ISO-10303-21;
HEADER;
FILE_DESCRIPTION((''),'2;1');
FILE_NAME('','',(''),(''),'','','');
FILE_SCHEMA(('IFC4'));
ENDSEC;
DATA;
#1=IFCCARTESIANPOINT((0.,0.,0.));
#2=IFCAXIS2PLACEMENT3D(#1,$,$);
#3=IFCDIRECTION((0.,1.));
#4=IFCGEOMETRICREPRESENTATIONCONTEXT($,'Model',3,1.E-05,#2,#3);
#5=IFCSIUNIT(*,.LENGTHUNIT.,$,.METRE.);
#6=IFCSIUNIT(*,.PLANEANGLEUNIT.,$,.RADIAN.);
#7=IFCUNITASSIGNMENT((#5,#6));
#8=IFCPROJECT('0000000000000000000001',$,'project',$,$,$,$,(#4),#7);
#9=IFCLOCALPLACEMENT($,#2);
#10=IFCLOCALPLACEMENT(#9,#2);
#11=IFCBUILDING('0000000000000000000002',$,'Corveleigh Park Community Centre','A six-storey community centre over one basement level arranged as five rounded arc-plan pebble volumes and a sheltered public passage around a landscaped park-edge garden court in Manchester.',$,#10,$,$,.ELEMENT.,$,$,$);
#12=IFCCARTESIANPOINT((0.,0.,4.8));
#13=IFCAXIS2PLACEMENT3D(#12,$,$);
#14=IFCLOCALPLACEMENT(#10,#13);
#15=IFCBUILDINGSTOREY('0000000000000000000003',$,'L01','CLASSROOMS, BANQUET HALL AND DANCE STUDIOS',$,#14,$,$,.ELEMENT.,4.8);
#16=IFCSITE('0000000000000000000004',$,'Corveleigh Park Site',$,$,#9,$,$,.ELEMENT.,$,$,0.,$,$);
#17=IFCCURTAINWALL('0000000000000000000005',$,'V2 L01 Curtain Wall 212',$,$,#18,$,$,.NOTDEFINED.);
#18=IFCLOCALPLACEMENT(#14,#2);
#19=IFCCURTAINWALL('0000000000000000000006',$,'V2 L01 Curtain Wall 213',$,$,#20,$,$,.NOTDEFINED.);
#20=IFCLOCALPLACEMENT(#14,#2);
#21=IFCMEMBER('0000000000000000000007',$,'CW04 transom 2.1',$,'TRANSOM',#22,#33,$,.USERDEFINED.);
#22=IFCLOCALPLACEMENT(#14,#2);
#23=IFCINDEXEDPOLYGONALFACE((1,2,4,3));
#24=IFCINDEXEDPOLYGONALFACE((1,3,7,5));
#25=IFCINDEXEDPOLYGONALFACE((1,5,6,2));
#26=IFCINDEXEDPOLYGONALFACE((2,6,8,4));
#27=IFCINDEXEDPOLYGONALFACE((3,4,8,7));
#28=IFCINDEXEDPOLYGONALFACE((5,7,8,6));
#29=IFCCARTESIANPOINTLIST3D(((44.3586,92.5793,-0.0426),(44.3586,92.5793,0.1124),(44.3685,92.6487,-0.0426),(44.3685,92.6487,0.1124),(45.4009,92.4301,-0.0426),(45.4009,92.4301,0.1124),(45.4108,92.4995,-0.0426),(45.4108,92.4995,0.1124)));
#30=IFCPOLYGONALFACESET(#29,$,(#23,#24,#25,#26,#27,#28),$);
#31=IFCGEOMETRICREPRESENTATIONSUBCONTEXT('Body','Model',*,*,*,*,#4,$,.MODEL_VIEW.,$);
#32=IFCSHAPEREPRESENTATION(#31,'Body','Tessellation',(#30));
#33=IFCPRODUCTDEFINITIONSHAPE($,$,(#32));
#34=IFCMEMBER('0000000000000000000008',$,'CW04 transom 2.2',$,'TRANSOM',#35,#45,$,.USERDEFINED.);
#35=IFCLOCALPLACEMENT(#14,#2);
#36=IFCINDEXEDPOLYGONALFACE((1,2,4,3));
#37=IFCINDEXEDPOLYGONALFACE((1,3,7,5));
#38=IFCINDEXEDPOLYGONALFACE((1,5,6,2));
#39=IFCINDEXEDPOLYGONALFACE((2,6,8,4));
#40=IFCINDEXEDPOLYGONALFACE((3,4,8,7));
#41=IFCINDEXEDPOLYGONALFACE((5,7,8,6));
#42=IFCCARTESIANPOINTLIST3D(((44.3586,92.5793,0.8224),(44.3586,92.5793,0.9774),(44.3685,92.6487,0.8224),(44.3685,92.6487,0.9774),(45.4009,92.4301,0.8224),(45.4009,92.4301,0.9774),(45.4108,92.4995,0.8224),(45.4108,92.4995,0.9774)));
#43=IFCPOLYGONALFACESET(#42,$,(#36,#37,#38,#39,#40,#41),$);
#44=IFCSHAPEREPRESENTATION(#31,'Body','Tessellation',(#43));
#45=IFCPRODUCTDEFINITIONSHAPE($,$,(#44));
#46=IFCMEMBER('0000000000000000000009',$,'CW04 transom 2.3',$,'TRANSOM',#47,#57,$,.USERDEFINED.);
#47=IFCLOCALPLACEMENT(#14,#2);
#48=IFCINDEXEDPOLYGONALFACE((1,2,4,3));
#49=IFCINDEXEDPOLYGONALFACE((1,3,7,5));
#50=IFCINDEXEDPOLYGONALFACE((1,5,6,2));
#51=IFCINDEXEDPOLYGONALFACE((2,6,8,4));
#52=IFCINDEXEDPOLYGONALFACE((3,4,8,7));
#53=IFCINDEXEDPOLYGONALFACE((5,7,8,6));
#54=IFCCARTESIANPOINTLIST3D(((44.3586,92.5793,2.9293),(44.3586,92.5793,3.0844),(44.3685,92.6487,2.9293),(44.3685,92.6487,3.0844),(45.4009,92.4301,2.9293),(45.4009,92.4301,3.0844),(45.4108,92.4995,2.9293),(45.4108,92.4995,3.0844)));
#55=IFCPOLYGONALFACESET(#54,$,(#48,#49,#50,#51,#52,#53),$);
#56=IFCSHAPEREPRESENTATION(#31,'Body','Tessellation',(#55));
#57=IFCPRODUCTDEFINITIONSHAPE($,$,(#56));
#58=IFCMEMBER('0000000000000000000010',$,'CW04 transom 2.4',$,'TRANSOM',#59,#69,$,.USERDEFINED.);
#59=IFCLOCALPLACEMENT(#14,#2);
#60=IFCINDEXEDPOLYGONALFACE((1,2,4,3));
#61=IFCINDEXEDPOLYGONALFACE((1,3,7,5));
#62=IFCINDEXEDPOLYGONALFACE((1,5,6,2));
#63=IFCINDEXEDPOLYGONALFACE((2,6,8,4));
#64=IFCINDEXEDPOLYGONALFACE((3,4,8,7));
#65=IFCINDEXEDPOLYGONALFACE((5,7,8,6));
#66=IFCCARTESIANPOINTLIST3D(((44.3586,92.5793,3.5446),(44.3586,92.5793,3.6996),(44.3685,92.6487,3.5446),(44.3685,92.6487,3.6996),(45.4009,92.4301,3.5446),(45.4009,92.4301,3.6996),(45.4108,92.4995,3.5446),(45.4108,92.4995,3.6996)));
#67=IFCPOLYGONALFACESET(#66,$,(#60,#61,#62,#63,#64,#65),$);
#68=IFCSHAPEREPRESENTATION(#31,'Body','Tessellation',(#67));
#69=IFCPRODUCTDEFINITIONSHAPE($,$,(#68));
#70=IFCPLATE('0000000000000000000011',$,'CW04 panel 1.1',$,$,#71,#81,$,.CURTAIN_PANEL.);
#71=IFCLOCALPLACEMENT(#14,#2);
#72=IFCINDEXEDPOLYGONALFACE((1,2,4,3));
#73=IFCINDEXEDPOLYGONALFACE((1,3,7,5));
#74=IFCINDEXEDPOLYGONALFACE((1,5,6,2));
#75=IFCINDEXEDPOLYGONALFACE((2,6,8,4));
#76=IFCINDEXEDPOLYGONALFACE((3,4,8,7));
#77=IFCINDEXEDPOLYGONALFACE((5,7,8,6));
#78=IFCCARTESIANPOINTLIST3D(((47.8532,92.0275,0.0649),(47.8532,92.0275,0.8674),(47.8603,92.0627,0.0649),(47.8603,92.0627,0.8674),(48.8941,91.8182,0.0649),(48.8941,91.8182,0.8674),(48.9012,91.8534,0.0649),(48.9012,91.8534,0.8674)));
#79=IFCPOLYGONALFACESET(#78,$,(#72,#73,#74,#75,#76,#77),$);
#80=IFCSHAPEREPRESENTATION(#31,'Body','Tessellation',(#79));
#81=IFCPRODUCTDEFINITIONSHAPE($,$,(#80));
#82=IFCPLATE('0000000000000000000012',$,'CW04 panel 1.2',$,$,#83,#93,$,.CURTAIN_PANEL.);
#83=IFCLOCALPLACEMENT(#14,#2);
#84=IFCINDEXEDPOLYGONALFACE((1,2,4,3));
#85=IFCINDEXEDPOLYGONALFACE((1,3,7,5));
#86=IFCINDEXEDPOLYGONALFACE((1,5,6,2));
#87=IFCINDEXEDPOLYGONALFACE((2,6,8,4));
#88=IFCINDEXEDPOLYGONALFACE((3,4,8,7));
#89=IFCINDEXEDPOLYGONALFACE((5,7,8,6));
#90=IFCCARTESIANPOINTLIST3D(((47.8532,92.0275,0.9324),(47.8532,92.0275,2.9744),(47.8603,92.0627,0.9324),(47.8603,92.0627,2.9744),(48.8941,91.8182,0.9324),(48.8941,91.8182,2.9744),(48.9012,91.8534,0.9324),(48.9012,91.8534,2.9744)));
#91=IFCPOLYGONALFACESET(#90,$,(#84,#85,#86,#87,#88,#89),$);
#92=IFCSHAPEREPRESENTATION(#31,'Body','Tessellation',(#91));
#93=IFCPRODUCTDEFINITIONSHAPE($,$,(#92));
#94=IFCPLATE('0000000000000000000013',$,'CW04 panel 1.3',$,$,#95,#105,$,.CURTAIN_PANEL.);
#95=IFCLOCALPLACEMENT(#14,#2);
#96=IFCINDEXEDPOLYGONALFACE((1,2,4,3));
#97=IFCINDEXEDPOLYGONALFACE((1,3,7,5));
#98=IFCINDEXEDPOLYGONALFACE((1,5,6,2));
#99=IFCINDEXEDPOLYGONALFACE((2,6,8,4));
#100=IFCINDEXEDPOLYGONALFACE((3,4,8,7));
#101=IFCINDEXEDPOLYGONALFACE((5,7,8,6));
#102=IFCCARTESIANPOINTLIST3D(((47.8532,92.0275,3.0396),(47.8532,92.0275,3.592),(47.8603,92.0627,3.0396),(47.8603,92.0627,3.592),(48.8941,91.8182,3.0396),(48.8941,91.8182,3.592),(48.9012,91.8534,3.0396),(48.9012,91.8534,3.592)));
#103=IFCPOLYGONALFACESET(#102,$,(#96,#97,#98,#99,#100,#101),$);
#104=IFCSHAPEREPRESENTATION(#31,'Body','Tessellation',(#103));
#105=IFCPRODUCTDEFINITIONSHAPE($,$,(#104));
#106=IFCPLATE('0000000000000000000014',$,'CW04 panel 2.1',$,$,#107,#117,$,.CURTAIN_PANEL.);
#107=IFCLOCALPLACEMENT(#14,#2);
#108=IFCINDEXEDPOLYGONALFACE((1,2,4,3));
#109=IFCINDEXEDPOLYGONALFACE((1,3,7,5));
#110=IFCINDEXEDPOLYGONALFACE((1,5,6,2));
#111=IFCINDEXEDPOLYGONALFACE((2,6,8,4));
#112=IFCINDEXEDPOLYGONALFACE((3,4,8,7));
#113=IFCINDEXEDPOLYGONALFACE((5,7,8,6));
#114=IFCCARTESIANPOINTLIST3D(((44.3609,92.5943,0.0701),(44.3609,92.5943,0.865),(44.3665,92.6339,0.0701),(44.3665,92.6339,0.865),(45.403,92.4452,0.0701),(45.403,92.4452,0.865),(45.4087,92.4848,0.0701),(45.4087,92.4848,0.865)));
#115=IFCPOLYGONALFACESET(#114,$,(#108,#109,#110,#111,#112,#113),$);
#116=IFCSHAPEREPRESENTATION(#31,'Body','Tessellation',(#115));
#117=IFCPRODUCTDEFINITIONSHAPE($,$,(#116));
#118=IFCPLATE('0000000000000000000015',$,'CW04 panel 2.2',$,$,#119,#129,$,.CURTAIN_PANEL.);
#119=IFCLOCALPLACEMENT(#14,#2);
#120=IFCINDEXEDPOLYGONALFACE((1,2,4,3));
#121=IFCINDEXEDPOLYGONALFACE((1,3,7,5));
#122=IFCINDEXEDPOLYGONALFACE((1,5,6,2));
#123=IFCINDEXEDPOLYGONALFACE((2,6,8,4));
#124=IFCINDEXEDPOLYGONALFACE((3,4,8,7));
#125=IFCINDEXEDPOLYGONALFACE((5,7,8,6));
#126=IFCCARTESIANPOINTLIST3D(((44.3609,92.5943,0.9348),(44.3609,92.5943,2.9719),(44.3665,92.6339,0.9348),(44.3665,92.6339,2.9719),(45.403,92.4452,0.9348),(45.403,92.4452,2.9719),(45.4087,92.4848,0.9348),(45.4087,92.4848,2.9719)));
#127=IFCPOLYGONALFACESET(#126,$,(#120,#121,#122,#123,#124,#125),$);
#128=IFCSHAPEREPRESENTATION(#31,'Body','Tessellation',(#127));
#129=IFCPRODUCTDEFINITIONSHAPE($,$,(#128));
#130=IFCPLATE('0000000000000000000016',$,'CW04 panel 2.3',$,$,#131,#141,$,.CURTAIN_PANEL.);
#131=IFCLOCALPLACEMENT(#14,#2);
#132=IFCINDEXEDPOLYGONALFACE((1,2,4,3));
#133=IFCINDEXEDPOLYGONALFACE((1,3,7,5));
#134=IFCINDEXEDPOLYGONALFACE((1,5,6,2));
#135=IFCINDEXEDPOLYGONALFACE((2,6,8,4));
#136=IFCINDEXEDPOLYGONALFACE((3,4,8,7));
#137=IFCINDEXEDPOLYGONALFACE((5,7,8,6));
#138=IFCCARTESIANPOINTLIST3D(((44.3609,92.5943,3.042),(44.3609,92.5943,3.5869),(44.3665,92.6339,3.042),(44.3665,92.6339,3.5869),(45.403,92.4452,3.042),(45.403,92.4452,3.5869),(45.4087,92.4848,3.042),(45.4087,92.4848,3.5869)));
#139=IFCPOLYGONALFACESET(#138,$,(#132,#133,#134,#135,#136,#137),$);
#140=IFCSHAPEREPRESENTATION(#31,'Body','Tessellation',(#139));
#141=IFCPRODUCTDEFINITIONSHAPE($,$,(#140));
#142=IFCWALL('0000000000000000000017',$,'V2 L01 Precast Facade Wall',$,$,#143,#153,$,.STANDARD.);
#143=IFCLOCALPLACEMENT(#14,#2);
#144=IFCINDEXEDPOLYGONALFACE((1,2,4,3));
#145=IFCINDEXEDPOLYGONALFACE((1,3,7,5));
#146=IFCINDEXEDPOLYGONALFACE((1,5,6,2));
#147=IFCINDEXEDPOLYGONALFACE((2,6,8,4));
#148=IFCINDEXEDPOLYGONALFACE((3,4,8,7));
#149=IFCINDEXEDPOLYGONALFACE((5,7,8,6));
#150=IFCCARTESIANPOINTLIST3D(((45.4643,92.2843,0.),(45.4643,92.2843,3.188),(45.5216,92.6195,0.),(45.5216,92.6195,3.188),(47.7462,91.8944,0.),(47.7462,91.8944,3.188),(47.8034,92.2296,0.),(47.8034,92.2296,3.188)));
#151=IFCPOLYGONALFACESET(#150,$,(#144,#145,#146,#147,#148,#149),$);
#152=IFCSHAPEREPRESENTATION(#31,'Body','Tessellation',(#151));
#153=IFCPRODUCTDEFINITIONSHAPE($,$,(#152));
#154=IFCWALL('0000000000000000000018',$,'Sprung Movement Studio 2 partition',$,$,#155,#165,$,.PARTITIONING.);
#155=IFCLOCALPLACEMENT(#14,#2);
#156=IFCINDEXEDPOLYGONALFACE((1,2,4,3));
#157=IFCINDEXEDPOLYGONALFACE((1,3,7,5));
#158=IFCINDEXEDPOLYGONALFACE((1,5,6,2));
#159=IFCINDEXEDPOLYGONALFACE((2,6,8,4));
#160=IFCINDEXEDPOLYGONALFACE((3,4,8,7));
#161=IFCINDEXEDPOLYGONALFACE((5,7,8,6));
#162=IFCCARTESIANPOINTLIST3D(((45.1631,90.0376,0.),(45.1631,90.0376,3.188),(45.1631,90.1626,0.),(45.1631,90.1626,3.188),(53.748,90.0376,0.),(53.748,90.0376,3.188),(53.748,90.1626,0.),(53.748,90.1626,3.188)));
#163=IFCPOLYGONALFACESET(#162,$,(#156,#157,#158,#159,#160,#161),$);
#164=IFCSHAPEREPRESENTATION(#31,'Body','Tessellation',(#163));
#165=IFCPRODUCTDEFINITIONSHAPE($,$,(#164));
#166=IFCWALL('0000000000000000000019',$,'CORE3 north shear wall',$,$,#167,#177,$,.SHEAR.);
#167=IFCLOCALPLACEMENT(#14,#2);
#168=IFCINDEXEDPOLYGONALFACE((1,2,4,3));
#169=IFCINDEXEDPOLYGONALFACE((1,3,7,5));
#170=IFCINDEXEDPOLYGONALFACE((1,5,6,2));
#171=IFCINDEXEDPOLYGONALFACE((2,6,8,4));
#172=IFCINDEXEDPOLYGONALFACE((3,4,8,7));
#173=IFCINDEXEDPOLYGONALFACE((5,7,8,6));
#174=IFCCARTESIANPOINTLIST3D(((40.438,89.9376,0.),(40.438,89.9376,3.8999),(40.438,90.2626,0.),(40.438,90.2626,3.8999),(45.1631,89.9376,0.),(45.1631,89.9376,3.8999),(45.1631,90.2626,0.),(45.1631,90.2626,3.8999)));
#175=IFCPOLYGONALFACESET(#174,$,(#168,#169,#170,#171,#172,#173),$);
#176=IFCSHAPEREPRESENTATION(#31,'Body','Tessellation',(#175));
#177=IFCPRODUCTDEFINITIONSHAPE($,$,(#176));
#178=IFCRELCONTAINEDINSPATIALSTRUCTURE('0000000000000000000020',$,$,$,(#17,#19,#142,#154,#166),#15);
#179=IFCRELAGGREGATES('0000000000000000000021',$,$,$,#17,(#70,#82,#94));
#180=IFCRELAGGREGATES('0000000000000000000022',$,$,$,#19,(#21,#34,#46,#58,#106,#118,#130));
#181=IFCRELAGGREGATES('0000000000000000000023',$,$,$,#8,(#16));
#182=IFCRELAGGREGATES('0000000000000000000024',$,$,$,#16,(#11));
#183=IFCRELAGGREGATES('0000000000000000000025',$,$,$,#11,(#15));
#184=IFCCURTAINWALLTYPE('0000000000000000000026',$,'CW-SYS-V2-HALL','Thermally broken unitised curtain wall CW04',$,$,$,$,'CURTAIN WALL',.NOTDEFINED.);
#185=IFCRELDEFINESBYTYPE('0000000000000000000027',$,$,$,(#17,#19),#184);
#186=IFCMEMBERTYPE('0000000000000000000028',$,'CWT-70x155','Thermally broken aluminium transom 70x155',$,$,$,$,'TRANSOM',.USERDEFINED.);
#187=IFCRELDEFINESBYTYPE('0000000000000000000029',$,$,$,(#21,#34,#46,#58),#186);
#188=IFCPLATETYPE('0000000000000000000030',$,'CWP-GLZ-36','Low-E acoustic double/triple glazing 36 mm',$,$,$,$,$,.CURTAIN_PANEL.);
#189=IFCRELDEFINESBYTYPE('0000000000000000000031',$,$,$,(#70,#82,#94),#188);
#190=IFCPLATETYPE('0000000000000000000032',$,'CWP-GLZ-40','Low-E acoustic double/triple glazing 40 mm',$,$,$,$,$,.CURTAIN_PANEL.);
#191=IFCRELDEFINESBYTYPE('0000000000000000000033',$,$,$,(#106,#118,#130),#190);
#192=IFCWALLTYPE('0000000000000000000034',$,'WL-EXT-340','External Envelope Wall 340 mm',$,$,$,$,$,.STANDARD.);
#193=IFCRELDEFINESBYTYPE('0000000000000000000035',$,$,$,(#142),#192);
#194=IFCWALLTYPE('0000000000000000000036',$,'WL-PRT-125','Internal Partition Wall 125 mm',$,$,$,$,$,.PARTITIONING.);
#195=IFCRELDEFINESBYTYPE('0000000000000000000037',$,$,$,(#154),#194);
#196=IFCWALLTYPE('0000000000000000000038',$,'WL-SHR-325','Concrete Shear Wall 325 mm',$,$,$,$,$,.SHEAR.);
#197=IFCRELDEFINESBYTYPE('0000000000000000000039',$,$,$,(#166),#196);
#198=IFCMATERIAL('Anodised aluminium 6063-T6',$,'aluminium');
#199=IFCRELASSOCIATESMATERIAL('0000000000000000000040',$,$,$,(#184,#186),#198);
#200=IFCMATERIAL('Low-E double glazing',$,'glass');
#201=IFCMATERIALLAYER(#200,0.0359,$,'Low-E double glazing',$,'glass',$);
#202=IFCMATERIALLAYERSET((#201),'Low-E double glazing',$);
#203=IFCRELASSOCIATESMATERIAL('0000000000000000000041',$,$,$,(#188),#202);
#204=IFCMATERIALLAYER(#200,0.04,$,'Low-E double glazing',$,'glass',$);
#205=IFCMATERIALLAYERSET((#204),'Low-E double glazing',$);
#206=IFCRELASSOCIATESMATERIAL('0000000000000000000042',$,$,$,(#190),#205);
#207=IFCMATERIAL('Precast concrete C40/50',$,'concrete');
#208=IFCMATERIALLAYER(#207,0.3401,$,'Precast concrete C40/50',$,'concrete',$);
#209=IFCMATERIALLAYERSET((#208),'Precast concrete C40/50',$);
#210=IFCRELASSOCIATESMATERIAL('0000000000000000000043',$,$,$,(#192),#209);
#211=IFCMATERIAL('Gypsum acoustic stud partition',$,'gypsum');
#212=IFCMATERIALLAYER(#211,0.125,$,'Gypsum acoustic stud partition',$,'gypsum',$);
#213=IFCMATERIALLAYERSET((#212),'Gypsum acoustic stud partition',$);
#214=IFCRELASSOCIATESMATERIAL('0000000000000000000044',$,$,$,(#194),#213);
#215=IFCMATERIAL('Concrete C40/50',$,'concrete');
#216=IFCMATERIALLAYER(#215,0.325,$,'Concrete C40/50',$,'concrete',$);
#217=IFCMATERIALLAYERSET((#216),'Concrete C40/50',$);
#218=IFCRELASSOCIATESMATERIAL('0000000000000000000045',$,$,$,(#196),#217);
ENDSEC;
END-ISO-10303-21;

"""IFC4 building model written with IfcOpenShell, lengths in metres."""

from ifc_helpers import new_model, si_unit, direction, frame, frame_2d, origin, origin_2d, place, context, subcontext, project, spatial, rectangle, extrude, material, layer, layer_set, material_profile, profile_set, type_object, element, aggregate, save


model = new_model("IFC4")

# Units and contexts
model_context = context("Model", 3, precision=1e-05, world=origin(), true_north=direction((0.0, 1.0)))
body_context = subcontext(model_context, "Body", "Model", "MODEL_VIEW")
ifc_project = project(units=[si_unit("LENGTHUNIT", "METRE"), si_unit("PLANEANGLEUNIT", "RADIAN")], contexts=[model_context])

# Site, building, storey
site_placement = place(None, origin())
site = spatial("IfcSite", under=ifc_project, at=site_placement, Name="Corveleigh Park Site", CompositionType="ELEMENT", RefElevation=0.0)
building_placement = place(site_placement, origin())
building = spatial("IfcBuilding", under=site, at=building_placement, Name="Corveleigh Park Community Centre", Description="A six-storey community centre over one basement level arranged as five rounded arc-plan pebble volumes and a sheltered public passage around a landscaped park-edge garden court in Manchester.", CompositionType="ELEMENT")
storey_placement = place(building_placement, frame((0.0, 0.0, 4.8)))
storey = spatial("IfcBuildingStorey", under=building, at=storey_placement, Name="L01", Description="CLASSROOMS, BANQUET HALL AND DANCE STUDIOS", CompositionType="ELEMENT", Elevation=4.8)

# Shared definitions
ifc_material_1 = material(Name="Concrete C40/50", Category="concrete")

# Curtain wall
ifc_material_2 = material(Name="Anodised aluminium 6063-T6", Category="aluminium")
curtain_wall_type = type_object("IfcCurtainWallType", Name="CW-SYS-V2-HALL", Description="Thermally broken unitised curtain wall CW04", ElementType="CURTAIN WALL", PredefinedType="NOTDEFINED", material=ifc_material_2)
curtain_wall_1_placement = place(storey_placement, origin())
curtain_wall_1 = element("IfcCurtainWall", 1, at=curtain_wall_1_placement, inside=storey, type_object=curtain_wall_type, Name="V2 L01 Curtain Wall 212", PredefinedType="NOTDEFINED")

# Curtain wall
curtain_wall_2_placement = place(storey_placement, origin())
curtain_wall_2 = element("IfcCurtainWall", 2, at=curtain_wall_2_placement, inside=storey, type_object=curtain_wall_type, Name="V2 L01 Curtain Wall 213", PredefinedType="NOTDEFINED")

# Members
ifc_material_profile_1 = material_profile(ifc_material_2, rectangle(XDim=0.0701, YDim=0.155, at=origin_2d()), Name="ALU-T70x155", Category="aluminium")
ifc_profile_set_1 = profile_set([ifc_material_profile_1], Name="Anodised aluminium 6063-T6")
member_type_1 = type_object("IfcMemberType", Name="CWT-70x155", Description="Thermally broken aluminium transom 70x155", ElementType="TRANSOM", PredefinedType="USERDEFINED", material=ifc_profile_set_1)
member_1_placement = place(storey_placement, frame((44.3635, 92.614, 0.0349), z_axis=(0.989912, -0.141681, 0.0), x_axis=(0.141681, 0.989912, 0.0)))
member_1 = element("IfcMember", 3, at=member_1_placement, type_object=member_type_1, Name="CW04 transom 2.1", ObjectType="TRANSOM", PredefinedType="USERDEFINED", context=body_context, shape_type="SweptSolid", body=[
    extrude(rectangle(XDim=0.0701, YDim=0.155, at=origin_2d()), origin(), (0.0, 0.0, 1.0), 1.053),
])
member_2_placement = place(storey_placement, frame((44.3635, 92.614, 0.8999), z_axis=(0.989912, -0.141681, 0.0), x_axis=(0.141681, 0.989912, 0.0)))
member_2 = element("IfcMember", 4, at=member_2_placement, type_object=member_type_1, Name="CW04 transom 2.2", ObjectType="TRANSOM", PredefinedType="USERDEFINED", context=body_context, shape_type="SweptSolid", body=[
    extrude(rectangle(XDim=0.0701, YDim=0.155, at=origin_2d()), origin(), (0.0, 0.0, 1.0), 1.053),
])
member_3_placement = place(storey_placement, frame((44.3635, 92.614, 3.0068), z_axis=(0.989912, -0.141681, 0.0), x_axis=(0.141681, 0.989912, 0.0)))
member_3 = element("IfcMember", 5, at=member_3_placement, type_object=member_type_1, Name="CW04 transom 2.3", ObjectType="TRANSOM", PredefinedType="USERDEFINED", context=body_context, shape_type="SweptSolid", body=[
    extrude(rectangle(XDim=0.0701, YDim=0.155, at=origin_2d()), origin(), (0.0, 0.0, 1.0), 1.053),
])
member_4_placement = place(storey_placement, frame((44.3635, 92.614, 3.6221), z_axis=(0.989912, -0.141681, 0.0), x_axis=(0.141681, 0.989912, 0.0)))
member_4 = element("IfcMember", 6, at=member_4_placement, type_object=member_type_1, Name="CW04 transom 2.4", ObjectType="TRANSOM", PredefinedType="USERDEFINED", context=body_context, shape_type="SweptSolid", body=[
    extrude(rectangle(XDim=0.0701, YDim=0.155, at=origin_2d()), origin(), (0.0, 0.0, 1.0), 1.053),
])

# Plates
ifc_material_3 = material(Name="Low-E double glazing", Category="glass")
ifc_layer_1 = layer(ifc_material_3, 0.0359, Name="Low-E double glazing", Category="glass")
ifc_layer_set_1 = layer_set([ifc_layer_1], Name="Low-E double glazing")
plate_type_1 = type_object("IfcPlateType", Name="CWP-GLZ-36", Description="Low-E acoustic double/triple glazing 36 mm", PredefinedType="CURTAIN_PANEL", material=ifc_layer_set_1)
plate_1_placement = place(storey_placement, frame((48.3772, 91.9404, 0.0649), z_axis=(0.0, 0.0, 1.0), x_axis=(0.980381, -0.197111, 0.0)))
plate_1 = element("IfcPlate", 7, at=plate_1_placement, type_object=plate_type_1, Name="CW04 panel 1.1", PredefinedType="CURTAIN_PANEL", context=body_context, shape_type="SweptSolid", body=[
    extrude(rectangle(XDim=1.0618, YDim=0.0359, at=origin_2d()), origin(), (0.0, 0.0, 1.0), 0.8025),
])
plate_2_placement = place(storey_placement, frame((48.3772, 91.9404, 0.9324), z_axis=(0.0, 0.0, 1.0), x_axis=(0.980381, -0.197111, 0.0)))
plate_2 = element("IfcPlate", 8, at=plate_2_placement, type_object=plate_type_1, Name="CW04 panel 1.2", PredefinedType="CURTAIN_PANEL", context=body_context, shape_type="SweptSolid", body=[
    extrude(rectangle(XDim=1.0618, YDim=0.0359, at=origin_2d()), origin(), (0.0, 0.0, 1.0), 2.042),
])
plate_3_placement = place(storey_placement, frame((48.3772, 91.9404, 3.0396), z_axis=(0.0, 0.0, 1.0), x_axis=(0.980381, -0.197111, 0.0)))
plate_3 = element("IfcPlate", 9, at=plate_3_placement, type_object=plate_type_1, Name="CW04 panel 1.3", PredefinedType="CURTAIN_PANEL", context=body_context, shape_type="SweptSolid", body=[
    extrude(rectangle(XDim=1.0618, YDim=0.0359, at=origin_2d()), origin(), (0.0, 0.0, 1.0), 0.5525),
])
aggregate(curtain_wall_1, [plate_1, plate_2, plate_3])
ifc_layer_2 = layer(ifc_material_3, 0.04, Name="Low-E double glazing", Category="glass")
ifc_layer_set_2 = layer_set([ifc_layer_2], Name="Low-E double glazing")
plate_type_2 = type_object("IfcPlateType", Name="CWP-GLZ-40", Description="Low-E acoustic double/triple glazing 40 mm", PredefinedType="CURTAIN_PANEL", material=ifc_layer_set_2)
plate_4_placement = place(storey_placement, frame((44.8848, 92.5396, 0.0701), z_axis=(0.0, 0.0, 1.0), x_axis=(0.989915, -0.141663, 0.0)))
plate_4 = element("IfcPlate", 10, at=plate_4_placement, type_object=plate_type_2, Name="CW04 panel 2.1", PredefinedType="CURTAIN_PANEL", context=body_context, shape_type="SweptSolid", body=[
    extrude(rectangle(XDim=1.0527, YDim=0.04, at=origin_2d()), origin(), (0.0, 0.0, 1.0), 0.7949),
])
plate_5_placement = place(storey_placement, frame((44.8848, 92.5396, 0.9348), z_axis=(0.0, 0.0, 1.0), x_axis=(0.989915, -0.141663, 0.0)))
plate_5 = element("IfcPlate", 11, at=plate_5_placement, type_object=plate_type_2, Name="CW04 panel 2.2", PredefinedType="CURTAIN_PANEL", context=body_context, shape_type="SweptSolid", body=[
    extrude(rectangle(XDim=1.0527, YDim=0.04, at=origin_2d()), origin(), (0.0, 0.0, 1.0), 2.0371),
])
plate_6_placement = place(storey_placement, frame((44.8848, 92.5396, 3.042), z_axis=(0.0, 0.0, 1.0), x_axis=(0.989915, -0.141663, 0.0)))
plate_6 = element("IfcPlate", 12, at=plate_6_placement, type_object=plate_type_2, Name="CW04 panel 2.3", PredefinedType="CURTAIN_PANEL", context=body_context, shape_type="SweptSolid", body=[
    extrude(rectangle(XDim=1.0527, YDim=0.04, at=origin_2d()), origin(), (0.0, 0.0, 1.0), 0.5449),
])
aggregate(curtain_wall_2, [member_1, member_2, member_3, member_4, plate_4, plate_5, plate_6])

# Walls
ifc_material_4 = material(Name="Precast concrete C40/50", Category="concrete")
ifc_layer_3 = layer(ifc_material_4, 0.3401, Name="Precast concrete C40/50", Category="concrete")
ifc_layer_set_3 = layer_set([ifc_layer_3], Name="Precast concrete C40/50")
wall_type_1 = type_object("IfcWallType", Name="WL-EXT-340", Description="External Envelope Wall 340 mm", PredefinedType="STANDARD", material=ifc_layer_set_3)
wall_1_placement = place(storey_placement, frame((45.4929, 92.4519, 0.0), z_axis=(0.0, 0.0, 1.0), x_axis=(0.985716, -0.168416, 0.0)))
element("IfcWall", 13, at=wall_1_placement, inside=storey, type_object=wall_type_1, Name="V2 L01 Precast Facade Wall", PredefinedType="STANDARD", context=body_context, shape_type="SweptSolid", body=[
    extrude(rectangle(XDim=2.3149, YDim=0.3401, at=frame_2d((1.1575, 0.0))), origin(), (0.0, 0.0, 1.0), 3.188),
])
ifc_material_5 = material(Name="Gypsum acoustic stud partition", Category="gypsum")
ifc_layer_4 = layer(ifc_material_5, 0.125, Name="Gypsum acoustic stud partition", Category="gypsum")
ifc_layer_set_4 = layer_set([ifc_layer_4], Name="Gypsum acoustic stud partition")
wall_type_2 = type_object("IfcWallType", Name="WL-PRT-125", Description="Internal Partition Wall 125 mm", PredefinedType="PARTITIONING", material=ifc_layer_set_4)
wall_2_placement = place(storey_placement, frame((45.1631, 90.1001, 0.0), z_axis=(0.0, 0.0, 1.0), x_axis=(1.0, 0.0, 0.0)))
element("IfcWall", 14, at=wall_2_placement, inside=storey, type_object=wall_type_2, Name="Sprung Movement Studio 2 partition", PredefinedType="PARTITIONING", context=body_context, shape_type="SweptSolid", body=[
    extrude(rectangle(XDim=8.585, YDim=0.125, at=frame_2d((4.2925, 0.0))), origin(), (0.0, 0.0, 1.0), 3.188),
])
ifc_layer_5 = layer(ifc_material_1, 0.325, Name="Concrete C40/50", Category="concrete")
ifc_layer_set_5 = layer_set([ifc_layer_5], Name="Concrete C40/50")
wall_type_3 = type_object("IfcWallType", Name="WL-SHR-325", Description="Concrete Shear Wall 325 mm", PredefinedType="SHEAR", material=ifc_layer_set_5)
wall_3_placement = place(storey_placement, frame((45.1631, 90.1001, 0.0), z_axis=(0.0, 0.0, 1.0), x_axis=(-1.0, 0.0, 0.0)))
element("IfcWall", 15, at=wall_3_placement, inside=storey, type_object=wall_type_3, Name="CORE3 north shear wall", PredefinedType="SHEAR", context=body_context, shape_type="SweptSolid", body=[
    extrude(rectangle(XDim=4.7251, YDim=0.325, at=frame_2d((2.3625, 0.0))), origin(), (0.0, 0.0, 1.0), 3.8999),
])

save(model, "model.ifc")
